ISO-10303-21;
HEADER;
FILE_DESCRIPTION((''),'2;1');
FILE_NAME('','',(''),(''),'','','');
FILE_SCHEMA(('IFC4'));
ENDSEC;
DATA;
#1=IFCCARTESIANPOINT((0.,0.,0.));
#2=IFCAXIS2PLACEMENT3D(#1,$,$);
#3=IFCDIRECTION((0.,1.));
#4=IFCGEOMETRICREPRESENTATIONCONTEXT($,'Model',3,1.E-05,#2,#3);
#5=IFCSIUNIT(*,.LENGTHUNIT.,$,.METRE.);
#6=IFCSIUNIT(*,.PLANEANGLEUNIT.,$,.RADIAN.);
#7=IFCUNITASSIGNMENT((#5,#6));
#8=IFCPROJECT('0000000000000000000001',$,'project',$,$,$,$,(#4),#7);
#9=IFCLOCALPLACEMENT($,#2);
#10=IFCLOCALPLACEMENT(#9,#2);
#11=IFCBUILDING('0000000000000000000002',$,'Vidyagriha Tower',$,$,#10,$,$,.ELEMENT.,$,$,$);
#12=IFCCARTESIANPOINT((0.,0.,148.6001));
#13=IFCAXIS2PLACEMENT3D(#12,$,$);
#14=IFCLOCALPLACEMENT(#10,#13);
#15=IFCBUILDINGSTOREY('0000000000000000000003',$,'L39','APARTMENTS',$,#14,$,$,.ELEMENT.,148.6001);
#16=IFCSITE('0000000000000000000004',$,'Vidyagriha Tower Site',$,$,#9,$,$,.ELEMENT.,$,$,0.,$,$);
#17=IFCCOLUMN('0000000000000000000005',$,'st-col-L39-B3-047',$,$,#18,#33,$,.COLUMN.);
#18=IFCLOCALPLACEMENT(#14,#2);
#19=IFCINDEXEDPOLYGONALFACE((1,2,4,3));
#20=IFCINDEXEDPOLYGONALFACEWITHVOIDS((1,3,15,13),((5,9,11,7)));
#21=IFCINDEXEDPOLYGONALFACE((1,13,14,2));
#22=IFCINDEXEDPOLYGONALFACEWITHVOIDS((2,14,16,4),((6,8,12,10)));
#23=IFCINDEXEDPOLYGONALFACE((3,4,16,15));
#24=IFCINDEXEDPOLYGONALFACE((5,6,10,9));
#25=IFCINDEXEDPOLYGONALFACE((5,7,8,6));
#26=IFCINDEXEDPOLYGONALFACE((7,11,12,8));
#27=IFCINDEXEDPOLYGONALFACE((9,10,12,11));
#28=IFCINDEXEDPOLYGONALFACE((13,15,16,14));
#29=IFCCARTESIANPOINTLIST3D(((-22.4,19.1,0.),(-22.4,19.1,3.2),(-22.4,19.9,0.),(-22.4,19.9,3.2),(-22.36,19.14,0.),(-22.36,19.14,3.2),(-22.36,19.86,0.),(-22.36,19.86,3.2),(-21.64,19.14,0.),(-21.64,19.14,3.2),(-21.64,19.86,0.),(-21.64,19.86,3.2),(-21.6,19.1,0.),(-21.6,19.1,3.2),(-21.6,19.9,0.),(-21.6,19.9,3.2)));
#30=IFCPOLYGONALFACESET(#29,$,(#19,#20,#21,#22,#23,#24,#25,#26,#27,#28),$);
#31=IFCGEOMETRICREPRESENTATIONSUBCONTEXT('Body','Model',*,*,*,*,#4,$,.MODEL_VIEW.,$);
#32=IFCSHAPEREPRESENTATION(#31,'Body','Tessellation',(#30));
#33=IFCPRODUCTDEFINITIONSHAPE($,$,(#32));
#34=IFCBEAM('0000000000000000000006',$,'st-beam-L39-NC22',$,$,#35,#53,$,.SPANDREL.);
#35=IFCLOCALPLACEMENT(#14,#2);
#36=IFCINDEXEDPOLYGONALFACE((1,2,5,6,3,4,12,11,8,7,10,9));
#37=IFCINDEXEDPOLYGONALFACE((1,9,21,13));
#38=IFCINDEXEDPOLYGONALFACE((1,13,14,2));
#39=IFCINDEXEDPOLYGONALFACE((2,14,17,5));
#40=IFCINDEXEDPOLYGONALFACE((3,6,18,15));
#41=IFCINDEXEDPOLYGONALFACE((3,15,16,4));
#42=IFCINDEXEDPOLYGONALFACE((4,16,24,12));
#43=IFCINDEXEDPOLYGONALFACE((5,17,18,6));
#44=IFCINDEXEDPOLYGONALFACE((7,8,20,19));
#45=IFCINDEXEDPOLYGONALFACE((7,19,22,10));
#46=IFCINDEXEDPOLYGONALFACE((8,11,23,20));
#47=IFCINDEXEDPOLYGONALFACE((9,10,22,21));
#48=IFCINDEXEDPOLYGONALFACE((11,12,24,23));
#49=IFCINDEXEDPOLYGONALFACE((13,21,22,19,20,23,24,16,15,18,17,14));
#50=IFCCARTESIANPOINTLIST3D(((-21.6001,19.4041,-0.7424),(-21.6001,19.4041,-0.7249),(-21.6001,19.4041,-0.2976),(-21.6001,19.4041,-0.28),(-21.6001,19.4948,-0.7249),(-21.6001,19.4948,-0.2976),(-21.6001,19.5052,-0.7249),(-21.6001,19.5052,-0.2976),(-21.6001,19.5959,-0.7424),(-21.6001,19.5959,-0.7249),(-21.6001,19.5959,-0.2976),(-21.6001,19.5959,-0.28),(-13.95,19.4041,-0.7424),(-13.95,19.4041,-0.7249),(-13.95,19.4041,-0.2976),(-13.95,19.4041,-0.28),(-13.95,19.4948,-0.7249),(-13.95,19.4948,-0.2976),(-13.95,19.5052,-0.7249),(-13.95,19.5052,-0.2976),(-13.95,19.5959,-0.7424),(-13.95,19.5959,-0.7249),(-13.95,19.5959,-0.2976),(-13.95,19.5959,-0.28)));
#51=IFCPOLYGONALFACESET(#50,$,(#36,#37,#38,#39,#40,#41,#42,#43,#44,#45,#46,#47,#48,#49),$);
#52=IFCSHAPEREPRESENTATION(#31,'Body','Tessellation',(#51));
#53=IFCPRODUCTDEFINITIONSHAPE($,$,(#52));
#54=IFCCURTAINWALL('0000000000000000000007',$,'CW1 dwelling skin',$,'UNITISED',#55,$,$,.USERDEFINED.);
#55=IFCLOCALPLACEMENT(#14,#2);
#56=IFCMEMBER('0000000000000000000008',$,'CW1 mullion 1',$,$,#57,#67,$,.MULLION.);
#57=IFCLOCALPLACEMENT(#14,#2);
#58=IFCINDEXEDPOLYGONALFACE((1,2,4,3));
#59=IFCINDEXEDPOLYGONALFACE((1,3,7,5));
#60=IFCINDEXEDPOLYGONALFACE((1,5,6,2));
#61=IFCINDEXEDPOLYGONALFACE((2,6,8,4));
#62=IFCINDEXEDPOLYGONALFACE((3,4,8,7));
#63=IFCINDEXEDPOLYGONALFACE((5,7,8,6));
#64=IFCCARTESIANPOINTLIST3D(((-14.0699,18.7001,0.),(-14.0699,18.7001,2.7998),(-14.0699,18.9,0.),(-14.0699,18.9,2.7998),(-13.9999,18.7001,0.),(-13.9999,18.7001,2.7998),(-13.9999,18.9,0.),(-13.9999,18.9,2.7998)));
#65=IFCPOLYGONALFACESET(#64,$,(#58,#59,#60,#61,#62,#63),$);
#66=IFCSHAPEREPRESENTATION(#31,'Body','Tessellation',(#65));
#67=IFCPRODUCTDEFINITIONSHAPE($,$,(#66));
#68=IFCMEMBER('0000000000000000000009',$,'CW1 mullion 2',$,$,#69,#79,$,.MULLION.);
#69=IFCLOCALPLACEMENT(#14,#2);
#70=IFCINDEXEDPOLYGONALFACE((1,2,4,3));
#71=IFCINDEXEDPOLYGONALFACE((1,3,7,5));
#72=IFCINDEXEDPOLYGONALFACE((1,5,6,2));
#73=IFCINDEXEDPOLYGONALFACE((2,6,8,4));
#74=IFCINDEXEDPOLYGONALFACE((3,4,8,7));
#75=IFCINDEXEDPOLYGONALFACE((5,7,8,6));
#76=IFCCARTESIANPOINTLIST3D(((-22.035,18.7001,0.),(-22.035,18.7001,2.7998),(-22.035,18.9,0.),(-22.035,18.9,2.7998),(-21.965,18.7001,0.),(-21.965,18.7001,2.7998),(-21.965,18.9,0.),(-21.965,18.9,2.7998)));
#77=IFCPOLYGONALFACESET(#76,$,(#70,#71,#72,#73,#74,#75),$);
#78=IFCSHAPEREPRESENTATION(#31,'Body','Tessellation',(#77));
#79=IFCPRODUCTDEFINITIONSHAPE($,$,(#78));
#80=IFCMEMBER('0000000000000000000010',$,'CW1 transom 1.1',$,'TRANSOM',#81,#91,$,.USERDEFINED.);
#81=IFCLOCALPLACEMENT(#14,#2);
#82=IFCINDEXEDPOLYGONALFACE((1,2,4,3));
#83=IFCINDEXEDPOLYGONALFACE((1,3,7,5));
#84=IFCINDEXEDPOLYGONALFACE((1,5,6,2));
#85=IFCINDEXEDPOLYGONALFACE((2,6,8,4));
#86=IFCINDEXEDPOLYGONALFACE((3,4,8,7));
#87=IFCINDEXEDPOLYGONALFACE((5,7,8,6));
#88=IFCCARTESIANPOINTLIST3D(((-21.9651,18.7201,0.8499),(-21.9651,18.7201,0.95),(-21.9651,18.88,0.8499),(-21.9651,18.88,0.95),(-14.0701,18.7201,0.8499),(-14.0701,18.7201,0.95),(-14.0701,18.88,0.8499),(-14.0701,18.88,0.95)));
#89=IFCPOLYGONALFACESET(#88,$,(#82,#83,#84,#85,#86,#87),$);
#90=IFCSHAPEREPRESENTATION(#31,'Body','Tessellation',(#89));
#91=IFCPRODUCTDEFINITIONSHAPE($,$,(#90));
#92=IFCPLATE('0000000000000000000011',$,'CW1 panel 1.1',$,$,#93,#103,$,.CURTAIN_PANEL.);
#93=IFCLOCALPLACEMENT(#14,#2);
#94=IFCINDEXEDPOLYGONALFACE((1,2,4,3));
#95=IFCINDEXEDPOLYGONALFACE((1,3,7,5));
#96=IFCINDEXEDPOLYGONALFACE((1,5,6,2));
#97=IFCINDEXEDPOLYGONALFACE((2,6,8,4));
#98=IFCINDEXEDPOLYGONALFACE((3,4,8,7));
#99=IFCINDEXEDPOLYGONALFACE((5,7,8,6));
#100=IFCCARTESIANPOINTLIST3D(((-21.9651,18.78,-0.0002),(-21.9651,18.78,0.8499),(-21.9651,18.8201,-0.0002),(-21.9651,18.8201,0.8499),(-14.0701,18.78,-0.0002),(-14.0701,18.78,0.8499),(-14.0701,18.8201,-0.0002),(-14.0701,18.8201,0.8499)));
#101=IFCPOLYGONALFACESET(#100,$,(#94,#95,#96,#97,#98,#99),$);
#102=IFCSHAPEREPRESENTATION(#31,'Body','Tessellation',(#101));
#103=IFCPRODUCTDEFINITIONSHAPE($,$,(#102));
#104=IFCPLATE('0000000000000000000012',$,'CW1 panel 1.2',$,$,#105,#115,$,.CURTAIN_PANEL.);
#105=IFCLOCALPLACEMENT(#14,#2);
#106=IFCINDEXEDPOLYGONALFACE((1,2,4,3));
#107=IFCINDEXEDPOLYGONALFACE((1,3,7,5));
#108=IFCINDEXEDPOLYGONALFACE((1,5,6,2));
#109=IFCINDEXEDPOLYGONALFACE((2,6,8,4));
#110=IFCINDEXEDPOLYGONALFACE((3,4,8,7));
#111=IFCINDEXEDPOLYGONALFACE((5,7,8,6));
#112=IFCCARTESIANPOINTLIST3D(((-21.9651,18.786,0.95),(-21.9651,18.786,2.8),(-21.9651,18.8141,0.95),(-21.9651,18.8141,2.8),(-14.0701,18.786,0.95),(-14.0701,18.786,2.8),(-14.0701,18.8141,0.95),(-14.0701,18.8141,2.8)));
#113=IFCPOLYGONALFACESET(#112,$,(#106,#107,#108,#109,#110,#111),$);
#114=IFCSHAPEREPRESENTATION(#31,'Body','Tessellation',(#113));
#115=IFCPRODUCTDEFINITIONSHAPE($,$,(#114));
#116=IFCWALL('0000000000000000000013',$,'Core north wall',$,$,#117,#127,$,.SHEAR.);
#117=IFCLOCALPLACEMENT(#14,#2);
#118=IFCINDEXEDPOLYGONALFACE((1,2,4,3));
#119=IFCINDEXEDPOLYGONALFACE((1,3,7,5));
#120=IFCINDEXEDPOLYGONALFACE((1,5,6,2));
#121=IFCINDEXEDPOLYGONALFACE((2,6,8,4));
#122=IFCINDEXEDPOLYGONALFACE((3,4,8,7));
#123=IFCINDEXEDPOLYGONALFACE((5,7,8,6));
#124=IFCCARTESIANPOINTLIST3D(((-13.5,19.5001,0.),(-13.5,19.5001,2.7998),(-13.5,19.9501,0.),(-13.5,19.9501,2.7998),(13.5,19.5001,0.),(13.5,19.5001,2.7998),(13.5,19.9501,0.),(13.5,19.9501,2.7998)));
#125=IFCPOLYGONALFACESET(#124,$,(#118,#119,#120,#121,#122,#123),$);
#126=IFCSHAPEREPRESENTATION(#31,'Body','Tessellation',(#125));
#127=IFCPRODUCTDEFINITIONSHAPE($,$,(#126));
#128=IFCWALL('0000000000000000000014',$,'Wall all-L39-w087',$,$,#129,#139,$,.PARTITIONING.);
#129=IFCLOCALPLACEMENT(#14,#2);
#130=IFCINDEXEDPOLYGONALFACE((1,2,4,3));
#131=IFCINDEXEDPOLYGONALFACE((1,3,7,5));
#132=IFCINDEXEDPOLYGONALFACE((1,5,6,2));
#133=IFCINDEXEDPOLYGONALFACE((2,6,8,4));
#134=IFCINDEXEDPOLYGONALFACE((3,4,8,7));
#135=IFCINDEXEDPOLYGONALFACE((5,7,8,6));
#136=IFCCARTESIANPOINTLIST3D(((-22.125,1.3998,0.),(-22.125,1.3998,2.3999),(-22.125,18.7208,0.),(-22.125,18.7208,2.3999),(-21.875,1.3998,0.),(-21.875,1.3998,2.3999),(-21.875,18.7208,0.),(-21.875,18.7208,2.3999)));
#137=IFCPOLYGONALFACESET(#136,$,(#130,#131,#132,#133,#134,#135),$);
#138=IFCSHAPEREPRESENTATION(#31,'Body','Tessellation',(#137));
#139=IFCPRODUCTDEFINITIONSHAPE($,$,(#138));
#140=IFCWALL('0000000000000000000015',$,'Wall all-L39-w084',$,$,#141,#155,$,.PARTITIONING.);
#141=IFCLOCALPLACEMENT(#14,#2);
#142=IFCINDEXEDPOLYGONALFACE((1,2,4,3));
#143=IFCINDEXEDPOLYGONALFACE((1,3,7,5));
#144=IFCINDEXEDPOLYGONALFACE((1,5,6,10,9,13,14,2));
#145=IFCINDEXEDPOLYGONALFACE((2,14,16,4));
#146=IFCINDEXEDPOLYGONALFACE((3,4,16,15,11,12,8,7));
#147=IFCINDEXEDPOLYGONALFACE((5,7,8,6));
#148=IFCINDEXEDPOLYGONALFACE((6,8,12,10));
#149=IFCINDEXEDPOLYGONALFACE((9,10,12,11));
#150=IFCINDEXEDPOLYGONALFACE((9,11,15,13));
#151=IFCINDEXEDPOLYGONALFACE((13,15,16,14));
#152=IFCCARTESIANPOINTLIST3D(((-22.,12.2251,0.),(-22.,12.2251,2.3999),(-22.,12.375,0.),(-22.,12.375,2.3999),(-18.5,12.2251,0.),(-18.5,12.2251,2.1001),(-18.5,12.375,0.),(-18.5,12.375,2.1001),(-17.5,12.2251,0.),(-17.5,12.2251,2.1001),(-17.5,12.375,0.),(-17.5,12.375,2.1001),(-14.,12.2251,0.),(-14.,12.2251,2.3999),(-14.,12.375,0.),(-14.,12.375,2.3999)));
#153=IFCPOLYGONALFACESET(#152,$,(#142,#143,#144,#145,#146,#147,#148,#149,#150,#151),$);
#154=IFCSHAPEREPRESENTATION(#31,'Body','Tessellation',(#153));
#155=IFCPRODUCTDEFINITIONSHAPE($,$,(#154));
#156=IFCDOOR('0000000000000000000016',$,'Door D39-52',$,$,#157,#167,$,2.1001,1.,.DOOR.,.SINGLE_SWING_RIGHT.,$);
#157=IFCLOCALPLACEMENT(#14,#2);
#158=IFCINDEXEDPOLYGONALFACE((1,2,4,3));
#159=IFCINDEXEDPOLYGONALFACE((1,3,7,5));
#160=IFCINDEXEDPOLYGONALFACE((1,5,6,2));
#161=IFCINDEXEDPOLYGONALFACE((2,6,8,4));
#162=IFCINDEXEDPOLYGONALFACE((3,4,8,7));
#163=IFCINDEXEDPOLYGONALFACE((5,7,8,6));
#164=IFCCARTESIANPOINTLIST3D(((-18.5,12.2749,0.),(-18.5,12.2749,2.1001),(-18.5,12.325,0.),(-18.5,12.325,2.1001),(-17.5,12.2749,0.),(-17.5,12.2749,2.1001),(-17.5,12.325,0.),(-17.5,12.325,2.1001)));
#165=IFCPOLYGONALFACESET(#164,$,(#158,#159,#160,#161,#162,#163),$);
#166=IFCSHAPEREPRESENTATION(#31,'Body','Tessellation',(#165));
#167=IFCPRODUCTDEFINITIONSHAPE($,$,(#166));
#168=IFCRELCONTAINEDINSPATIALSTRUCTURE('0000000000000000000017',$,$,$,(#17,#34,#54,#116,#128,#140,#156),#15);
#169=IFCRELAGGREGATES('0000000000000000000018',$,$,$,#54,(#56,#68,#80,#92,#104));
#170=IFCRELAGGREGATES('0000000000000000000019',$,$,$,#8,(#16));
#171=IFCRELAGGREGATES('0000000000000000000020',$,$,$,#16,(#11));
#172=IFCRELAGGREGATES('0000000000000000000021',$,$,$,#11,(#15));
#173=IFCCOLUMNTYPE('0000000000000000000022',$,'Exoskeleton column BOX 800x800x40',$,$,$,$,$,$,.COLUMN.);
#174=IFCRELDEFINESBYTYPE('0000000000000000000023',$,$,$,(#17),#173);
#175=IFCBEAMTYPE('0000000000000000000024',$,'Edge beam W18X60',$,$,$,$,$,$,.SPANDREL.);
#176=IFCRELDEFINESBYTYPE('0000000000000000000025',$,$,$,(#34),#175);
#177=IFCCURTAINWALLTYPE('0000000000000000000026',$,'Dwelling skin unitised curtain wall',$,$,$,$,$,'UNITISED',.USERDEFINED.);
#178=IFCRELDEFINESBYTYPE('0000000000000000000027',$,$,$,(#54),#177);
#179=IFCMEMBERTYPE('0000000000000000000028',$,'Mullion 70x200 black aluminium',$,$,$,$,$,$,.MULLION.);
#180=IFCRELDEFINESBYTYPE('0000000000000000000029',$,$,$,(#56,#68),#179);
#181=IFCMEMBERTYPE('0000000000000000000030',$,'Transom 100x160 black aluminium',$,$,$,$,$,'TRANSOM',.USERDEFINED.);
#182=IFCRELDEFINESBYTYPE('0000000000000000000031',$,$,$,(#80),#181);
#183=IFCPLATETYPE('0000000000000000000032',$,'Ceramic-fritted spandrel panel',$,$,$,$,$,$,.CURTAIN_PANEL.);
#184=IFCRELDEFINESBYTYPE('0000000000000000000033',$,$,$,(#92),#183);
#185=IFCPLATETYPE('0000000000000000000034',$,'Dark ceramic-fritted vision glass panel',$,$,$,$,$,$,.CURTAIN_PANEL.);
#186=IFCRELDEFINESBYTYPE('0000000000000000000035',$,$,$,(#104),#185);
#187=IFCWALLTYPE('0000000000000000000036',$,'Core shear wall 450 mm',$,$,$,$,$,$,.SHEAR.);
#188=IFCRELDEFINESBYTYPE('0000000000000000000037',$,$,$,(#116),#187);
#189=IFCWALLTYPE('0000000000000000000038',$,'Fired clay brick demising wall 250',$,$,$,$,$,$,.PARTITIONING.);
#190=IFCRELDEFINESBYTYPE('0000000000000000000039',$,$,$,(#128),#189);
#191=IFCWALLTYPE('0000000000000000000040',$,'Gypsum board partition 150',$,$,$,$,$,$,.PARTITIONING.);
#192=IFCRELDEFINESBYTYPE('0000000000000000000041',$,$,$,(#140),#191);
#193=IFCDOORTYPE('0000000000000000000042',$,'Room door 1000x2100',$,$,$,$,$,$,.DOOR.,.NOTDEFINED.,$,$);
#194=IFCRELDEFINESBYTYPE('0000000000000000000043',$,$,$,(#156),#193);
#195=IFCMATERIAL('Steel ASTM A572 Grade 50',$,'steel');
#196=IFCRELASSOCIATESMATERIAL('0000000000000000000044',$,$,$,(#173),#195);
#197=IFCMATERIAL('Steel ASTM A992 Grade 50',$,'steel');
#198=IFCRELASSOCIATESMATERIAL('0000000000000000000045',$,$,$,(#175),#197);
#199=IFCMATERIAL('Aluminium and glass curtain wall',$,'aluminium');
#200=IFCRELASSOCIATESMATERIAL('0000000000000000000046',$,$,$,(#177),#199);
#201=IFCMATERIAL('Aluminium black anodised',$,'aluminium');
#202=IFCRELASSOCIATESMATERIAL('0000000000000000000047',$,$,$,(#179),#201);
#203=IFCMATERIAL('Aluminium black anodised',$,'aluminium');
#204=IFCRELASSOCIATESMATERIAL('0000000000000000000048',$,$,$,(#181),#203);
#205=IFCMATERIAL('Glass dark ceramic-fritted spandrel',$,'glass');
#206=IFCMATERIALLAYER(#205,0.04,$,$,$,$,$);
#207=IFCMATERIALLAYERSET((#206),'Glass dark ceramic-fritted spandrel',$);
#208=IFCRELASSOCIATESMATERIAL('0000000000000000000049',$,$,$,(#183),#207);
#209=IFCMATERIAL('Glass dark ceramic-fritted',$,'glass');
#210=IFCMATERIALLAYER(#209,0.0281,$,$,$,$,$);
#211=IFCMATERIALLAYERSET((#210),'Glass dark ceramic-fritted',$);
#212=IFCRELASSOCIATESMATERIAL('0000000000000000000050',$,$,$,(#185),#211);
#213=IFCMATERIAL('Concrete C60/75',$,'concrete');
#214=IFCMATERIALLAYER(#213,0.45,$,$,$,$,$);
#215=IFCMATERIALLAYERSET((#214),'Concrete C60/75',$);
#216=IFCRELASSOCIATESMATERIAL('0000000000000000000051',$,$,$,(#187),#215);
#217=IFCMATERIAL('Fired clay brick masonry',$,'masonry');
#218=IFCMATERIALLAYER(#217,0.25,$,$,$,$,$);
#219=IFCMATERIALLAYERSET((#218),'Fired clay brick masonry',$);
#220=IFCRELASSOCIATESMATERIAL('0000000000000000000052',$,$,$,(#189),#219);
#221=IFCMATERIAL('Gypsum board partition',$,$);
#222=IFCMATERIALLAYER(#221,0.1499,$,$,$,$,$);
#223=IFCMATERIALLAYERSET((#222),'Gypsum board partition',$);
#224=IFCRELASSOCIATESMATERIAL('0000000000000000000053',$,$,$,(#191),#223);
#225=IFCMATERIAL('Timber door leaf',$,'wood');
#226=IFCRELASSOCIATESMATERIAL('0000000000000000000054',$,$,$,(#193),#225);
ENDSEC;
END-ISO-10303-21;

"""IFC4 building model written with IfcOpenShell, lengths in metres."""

from ifc_helpers import new_model, si_unit, direction, frame, frame_2d, origin, origin_2d, place, context, subcontext, project, spatial, rectangle, hollow_rectangle, i_section, extrude, material, layer, layer_set, material_profile, profile_set, type_object, element, fill, aggregate, save


model = new_model("IFC4")

# Units and contexts
model_context = context("Model", 3, precision=1e-05, world=origin(), true_north=direction((0.0, 1.0)))
body_context = subcontext(model_context, "Body", "Model", "MODEL_VIEW")
ifc_project = project(units=[si_unit("LENGTHUNIT", "METRE"), si_unit("PLANEANGLEUNIT", "RADIAN")], contexts=[model_context])

# Site, building, storey
site_placement = place(None, origin())
site = spatial("IfcSite", under=ifc_project, at=site_placement, Name="Vidyagriha Tower Site", CompositionType="ELEMENT", RefElevation=0.0)
building_placement = place(site_placement, origin())
building = spatial("IfcBuilding", under=site, at=building_placement, Name="Vidyagriha Tower", CompositionType="ELEMENT")
storey_placement = place(building_placement, frame((0.0, 0.0, 148.6001)))
storey = spatial("IfcBuildingStorey", under=building, at=storey_placement, Name="L39", Description="APARTMENTS", CompositionType="ELEMENT", Elevation=148.6001)

# Column
ifc_material_1 = material(Name="Steel ASTM A572 Grade 50", Category="steel")
ifc_material_profile_1 = material_profile(ifc_material_1, hollow_rectangle(XDim=0.8, YDim=0.8, WallThickness=0.04, at=origin_2d()), Name="BOX 800x800x40")
ifc_profile_set_1 = profile_set([ifc_material_profile_1], Name="Steel ASTM A572 Grade 50")
column_type = type_object("IfcColumnType", Name="Exoskeleton column BOX 800x800x40", PredefinedType="COLUMN", material=ifc_profile_set_1)
column_placement = place(storey_placement, frame((-22.0, 19.5, 0.0)))
element("IfcColumn", 1, at=column_placement, inside=storey, type_object=column_type, Name="st-col-L39-B3-047", PredefinedType="COLUMN", context=body_context, shape_type="SweptSolid", body=[
    extrude(hollow_rectangle(XDim=0.8, YDim=0.8, WallThickness=0.04, at=origin_2d()), origin(), (0.0, 0.0, 1.0), 3.2),
])

# Beam
ifc_material_2 = material(Name="Steel ASTM A992 Grade 50", Category="steel")
ifc_material_profile_2 = material_profile(ifc_material_2, i_section(OverallWidth=0.1919, OverallDepth=0.4624, WebThickness=0.0105, FlangeThickness=0.0176, at=origin_2d()), Name="W18X60")
ifc_profile_set_2 = profile_set([ifc_material_profile_2], Name="Steel ASTM A992 Grade 50")
beam_type = type_object("IfcBeamType", Name="Edge beam W18X60", PredefinedType="SPANDREL", material=ifc_profile_set_2)
beam_placement = place(storey_placement, frame((-21.6001, 19.5, -0.5112), z_axis=(1.0, 0.0, 0.0), x_axis=(0.0, 1.0, 0.0)))
element("IfcBeam", 2, at=beam_placement, inside=storey, type_object=beam_type, Name="st-beam-L39-NC22", PredefinedType="SPANDREL", context=body_context, shape_type="SweptSolid", body=[
    extrude(i_section(OverallWidth=0.1919, OverallDepth=0.4624, WebThickness=0.0105, FlangeThickness=0.0176, at=origin_2d()), origin(), (0.0, 0.0, 1.0), 7.6501),
])

# Curtain wall, members, plates
ifc_material_3 = material(Name="Aluminium and glass curtain wall", Category="aluminium")
curtain_wall_type = type_object("IfcCurtainWallType", Name="Dwelling skin unitised curtain wall", ElementType="UNITISED", PredefinedType="USERDEFINED", material=ifc_material_3)
curtain_wall_placement = place(storey_placement, origin())
curtain_wall = element("IfcCurtainWall", 3, at=curtain_wall_placement, inside=storey, type_object=curtain_wall_type, Name="CW1 dwelling skin", ObjectType="UNITISED", PredefinedType="USERDEFINED")
ifc_material_4 = material(Name="Aluminium black anodised", Category="aluminium")
ifc_material_profile_3 = material_profile(ifc_material_4, rectangle(XDim=0.2, YDim=0.0701, at=origin_2d()), Name="Mullion 70x200 black aluminium")
ifc_profile_set_3 = profile_set([ifc_material_profile_3], Name="Aluminium black anodised")
member_type_1 = type_object("IfcMemberType", Name="Mullion 70x200 black aluminium", PredefinedType="MULLION", material=ifc_profile_set_3)
member_1_placement = place(storey_placement, frame((-14.0349, 18.8, 0.0), z_axis=(0.0, 0.0, 1.0), x_axis=(0.0, -1.0, 0.0)))
member_1 = element("IfcMember", 4, at=member_1_placement, type_object=member_type_1, Name="CW1 mullion 1", PredefinedType="MULLION", context=body_context, shape_type="SweptSolid", body=[
    extrude(rectangle(XDim=0.2, YDim=0.0701, at=origin_2d()), origin(), (0.0, 0.0, 1.0), 2.7998),
])
member_2_placement = place(storey_placement, frame((-22.0, 18.8, 0.0), z_axis=(0.0, 0.0, 1.0), x_axis=(0.0, -1.0, 0.0)))
member_2 = element("IfcMember", 5, at=member_2_placement, type_object=member_type_1, Name="CW1 mullion 2", PredefinedType="MULLION", context=body_context, shape_type="SweptSolid", body=[
    extrude(rectangle(XDim=0.2, YDim=0.0701, at=origin_2d()), origin(), (0.0, 0.0, 1.0), 2.7998),
])
ifc_material_5 = material(Name="Aluminium black anodised", Category="aluminium")
ifc_material_profile_4 = material_profile(ifc_material_5, rectangle(XDim=0.1599, YDim=0.1001, at=origin_2d()), Name="Transom 100x160 black aluminium")
ifc_profile_set_4 = profile_set([ifc_material_profile_4], Name="Aluminium black anodised")
member_type_2 = type_object("IfcMemberType", Name="Transom 100x160 black aluminium", ElementType="TRANSOM", PredefinedType="USERDEFINED", material=ifc_profile_set_4)
member_3_placement = place(storey_placement, frame((-14.0701, 18.8, 0.8999), z_axis=(-1.0, 0.0, 0.0), x_axis=(0.0, -1.0, 0.0)))
member_3 = element("IfcMember", 6, at=member_3_placement, type_object=member_type_2, Name="CW1 transom 1.1", ObjectType="TRANSOM", PredefinedType="USERDEFINED", context=body_context, shape_type="SweptSolid", body=[
    extrude(rectangle(XDim=0.1599, YDim=0.1001, at=origin_2d()), origin(), (0.0, 0.0, 1.0), 7.895),
])
ifc_material_6 = material(Name="Glass dark ceramic-fritted spandrel", Category="glass")
ifc_layer_1 = layer(ifc_material_6, 0.04)
ifc_layer_set_1 = layer_set([ifc_layer_1], Name="Glass dark ceramic-fritted spandrel")
plate_type_1 = type_object("IfcPlateType", Name="Ceramic-fritted spandrel panel", PredefinedType="CURTAIN_PANEL", material=ifc_layer_set_1)
plate_1_placement = place(storey_placement, frame((-18.0176, 18.8, -0.0002), z_axis=(0.0, 0.0, 1.0), x_axis=(-1.0, 0.0, 0.0)))
plate_1 = element("IfcPlate", 7, at=plate_1_placement, type_object=plate_type_1, Name="CW1 panel 1.1", PredefinedType="CURTAIN_PANEL", context=body_context, shape_type="SweptSolid", body=[
    extrude(rectangle(XDim=7.895, YDim=0.04, at=origin_2d()), origin(), (0.0, 0.0, 1.0), 0.8501),
])
ifc_material_7 = material(Name="Glass dark ceramic-fritted", Category="glass")
ifc_layer_2 = layer(ifc_material_7, 0.0281)
ifc_layer_set_2 = layer_set([ifc_layer_2], Name="Glass dark ceramic-fritted")
plate_type_2 = type_object("IfcPlateType", Name="Dark ceramic-fritted vision glass panel", PredefinedType="CURTAIN_PANEL", material=ifc_layer_set_2)
plate_2_placement = place(storey_placement, frame((-18.0176, 18.8, 0.95), z_axis=(0.0, 0.0, 1.0), x_axis=(-1.0, 0.0, 0.0)))
plate_2 = element("IfcPlate", 8, at=plate_2_placement, type_object=plate_type_2, Name="CW1 panel 1.2", PredefinedType="CURTAIN_PANEL", context=body_context, shape_type="SweptSolid", body=[
    extrude(rectangle(XDim=7.895, YDim=0.0281, at=origin_2d()), origin(), (0.0, 0.0, 1.0), 1.8501),
])
aggregate(curtain_wall, [member_1, member_2, member_3, plate_1, plate_2])

# Walls
ifc_material_8 = material(Name="Concrete C60/75", Category="concrete")
ifc_layer_3 = layer(ifc_material_8, 0.45)
ifc_layer_set_3 = layer_set([ifc_layer_3], Name="Concrete C60/75")
wall_type_1 = type_object("IfcWallType", Name="Core shear wall 450 mm", PredefinedType="SHEAR", material=ifc_layer_set_3)
wall_1_placement = place(storey_placement, frame((-13.5, 19.7251, 0.0)))
element("IfcWall", 9, at=wall_1_placement, inside=storey, type_object=wall_type_1, Name="Core north wall", PredefinedType="SHEAR", context=body_context, shape_type="SweptSolid", body=[
    extrude(rectangle(XDim=27.0, YDim=0.45, at=frame_2d((13.5, 0.0))), origin(), (0.0, 0.0, 1.0), 2.7998),
])
ifc_material_9 = material(Name="Fired clay brick masonry", Category="masonry")
ifc_layer_4 = layer(ifc_material_9, 0.25)
ifc_layer_set_4 = layer_set([ifc_layer_4], Name="Fired clay brick masonry")
wall_type_2 = type_object("IfcWallType", Name="Fired clay brick demising wall 250", PredefinedType="PARTITIONING", material=ifc_layer_set_4)
wall_2_placement = place(storey_placement, frame((-22.0, 18.7209, 0.0), z_axis=(0.0, 0.0, 1.0), x_axis=(0.0, -1.0, 0.0)))
element("IfcWall", 10, at=wall_2_placement, inside=storey, type_object=wall_type_2, Name="Wall all-L39-w087", PredefinedType="PARTITIONING", context=body_context, shape_type="SweptSolid", body=[
    extrude(rectangle(XDim=17.321, YDim=0.25, at=frame_2d((8.6606, 0.0))), origin(), (0.0, 0.0, 1.0), 2.3999),
])

# Wall, opening, door
ifc_material_10 = material(Name="Gypsum board partition")
ifc_layer_5 = layer(ifc_material_10, 0.1499)
ifc_layer_set_5 = layer_set([ifc_layer_5], Name="Gypsum board partition")
wall_type_3 = type_object("IfcWallType", Name="Gypsum board partition 150", PredefinedType="PARTITIONING", material=ifc_layer_set_5)
wall_3_placement = place(storey_placement, frame((-22.0, 12.3, 0.0)))
wall_3 = element("IfcWall", 11, at=wall_3_placement, inside=storey, type_object=wall_type_3, Name="Wall all-L39-w084", PredefinedType="PARTITIONING", context=body_context, shape_type="SweptSolid", body=[
    extrude(rectangle(XDim=8.0, YDim=0.1499, at=frame_2d((4.0, 0.0))), origin(), (0.0, 0.0, 1.0), 2.3999),
])
opening_placement = place(wall_3_placement, frame((3.5, 0.0, 0.0)))
opening = element("IfcOpeningElement", 12, at=opening_placement, cuts=wall_3, PredefinedType="OPENING", context=body_context, shape_type="SweptSolid", body=[
    extrude(rectangle(XDim=1.0, YDim=2.1001, at=frame_2d((0.5, 1.05))), frame((0.0, 0.085, 0.0), z_axis=(0.0, -1.0, 0.0), x_axis=(1.0, 0.0, 0.0)), (0.0, 0.0, 1.0), 0.1699),
])
ifc_material_11 = material(Name="Timber door leaf", Category="wood")
door_type = type_object("IfcDoorType", Name="Room door 1000x2100", OperationType="NOTDEFINED", PredefinedType="DOOR", material=ifc_material_11)
door_placement = place(opening_placement, origin())
door = element("IfcDoor", 13, at=door_placement, inside=storey, type_object=door_type, Name="Door D39-52", OperationType="SINGLE_SWING_RIGHT", OverallHeight=2.1001, OverallWidth=1.0, PredefinedType="DOOR", context=body_context, shape_type="SweptSolid", body=[
    extrude(rectangle(XDim=1.0, YDim=2.1001, at=frame_2d((0.5, 1.05))), frame((0.0, 0.0249, 0.0), z_axis=(0.0, -1.0, 0.0), x_axis=(1.0, 0.0, 0.0)), (0.0, 0.0, 1.0), 0.05),
])
fill(opening, door)

save(model, "model.ifc")
